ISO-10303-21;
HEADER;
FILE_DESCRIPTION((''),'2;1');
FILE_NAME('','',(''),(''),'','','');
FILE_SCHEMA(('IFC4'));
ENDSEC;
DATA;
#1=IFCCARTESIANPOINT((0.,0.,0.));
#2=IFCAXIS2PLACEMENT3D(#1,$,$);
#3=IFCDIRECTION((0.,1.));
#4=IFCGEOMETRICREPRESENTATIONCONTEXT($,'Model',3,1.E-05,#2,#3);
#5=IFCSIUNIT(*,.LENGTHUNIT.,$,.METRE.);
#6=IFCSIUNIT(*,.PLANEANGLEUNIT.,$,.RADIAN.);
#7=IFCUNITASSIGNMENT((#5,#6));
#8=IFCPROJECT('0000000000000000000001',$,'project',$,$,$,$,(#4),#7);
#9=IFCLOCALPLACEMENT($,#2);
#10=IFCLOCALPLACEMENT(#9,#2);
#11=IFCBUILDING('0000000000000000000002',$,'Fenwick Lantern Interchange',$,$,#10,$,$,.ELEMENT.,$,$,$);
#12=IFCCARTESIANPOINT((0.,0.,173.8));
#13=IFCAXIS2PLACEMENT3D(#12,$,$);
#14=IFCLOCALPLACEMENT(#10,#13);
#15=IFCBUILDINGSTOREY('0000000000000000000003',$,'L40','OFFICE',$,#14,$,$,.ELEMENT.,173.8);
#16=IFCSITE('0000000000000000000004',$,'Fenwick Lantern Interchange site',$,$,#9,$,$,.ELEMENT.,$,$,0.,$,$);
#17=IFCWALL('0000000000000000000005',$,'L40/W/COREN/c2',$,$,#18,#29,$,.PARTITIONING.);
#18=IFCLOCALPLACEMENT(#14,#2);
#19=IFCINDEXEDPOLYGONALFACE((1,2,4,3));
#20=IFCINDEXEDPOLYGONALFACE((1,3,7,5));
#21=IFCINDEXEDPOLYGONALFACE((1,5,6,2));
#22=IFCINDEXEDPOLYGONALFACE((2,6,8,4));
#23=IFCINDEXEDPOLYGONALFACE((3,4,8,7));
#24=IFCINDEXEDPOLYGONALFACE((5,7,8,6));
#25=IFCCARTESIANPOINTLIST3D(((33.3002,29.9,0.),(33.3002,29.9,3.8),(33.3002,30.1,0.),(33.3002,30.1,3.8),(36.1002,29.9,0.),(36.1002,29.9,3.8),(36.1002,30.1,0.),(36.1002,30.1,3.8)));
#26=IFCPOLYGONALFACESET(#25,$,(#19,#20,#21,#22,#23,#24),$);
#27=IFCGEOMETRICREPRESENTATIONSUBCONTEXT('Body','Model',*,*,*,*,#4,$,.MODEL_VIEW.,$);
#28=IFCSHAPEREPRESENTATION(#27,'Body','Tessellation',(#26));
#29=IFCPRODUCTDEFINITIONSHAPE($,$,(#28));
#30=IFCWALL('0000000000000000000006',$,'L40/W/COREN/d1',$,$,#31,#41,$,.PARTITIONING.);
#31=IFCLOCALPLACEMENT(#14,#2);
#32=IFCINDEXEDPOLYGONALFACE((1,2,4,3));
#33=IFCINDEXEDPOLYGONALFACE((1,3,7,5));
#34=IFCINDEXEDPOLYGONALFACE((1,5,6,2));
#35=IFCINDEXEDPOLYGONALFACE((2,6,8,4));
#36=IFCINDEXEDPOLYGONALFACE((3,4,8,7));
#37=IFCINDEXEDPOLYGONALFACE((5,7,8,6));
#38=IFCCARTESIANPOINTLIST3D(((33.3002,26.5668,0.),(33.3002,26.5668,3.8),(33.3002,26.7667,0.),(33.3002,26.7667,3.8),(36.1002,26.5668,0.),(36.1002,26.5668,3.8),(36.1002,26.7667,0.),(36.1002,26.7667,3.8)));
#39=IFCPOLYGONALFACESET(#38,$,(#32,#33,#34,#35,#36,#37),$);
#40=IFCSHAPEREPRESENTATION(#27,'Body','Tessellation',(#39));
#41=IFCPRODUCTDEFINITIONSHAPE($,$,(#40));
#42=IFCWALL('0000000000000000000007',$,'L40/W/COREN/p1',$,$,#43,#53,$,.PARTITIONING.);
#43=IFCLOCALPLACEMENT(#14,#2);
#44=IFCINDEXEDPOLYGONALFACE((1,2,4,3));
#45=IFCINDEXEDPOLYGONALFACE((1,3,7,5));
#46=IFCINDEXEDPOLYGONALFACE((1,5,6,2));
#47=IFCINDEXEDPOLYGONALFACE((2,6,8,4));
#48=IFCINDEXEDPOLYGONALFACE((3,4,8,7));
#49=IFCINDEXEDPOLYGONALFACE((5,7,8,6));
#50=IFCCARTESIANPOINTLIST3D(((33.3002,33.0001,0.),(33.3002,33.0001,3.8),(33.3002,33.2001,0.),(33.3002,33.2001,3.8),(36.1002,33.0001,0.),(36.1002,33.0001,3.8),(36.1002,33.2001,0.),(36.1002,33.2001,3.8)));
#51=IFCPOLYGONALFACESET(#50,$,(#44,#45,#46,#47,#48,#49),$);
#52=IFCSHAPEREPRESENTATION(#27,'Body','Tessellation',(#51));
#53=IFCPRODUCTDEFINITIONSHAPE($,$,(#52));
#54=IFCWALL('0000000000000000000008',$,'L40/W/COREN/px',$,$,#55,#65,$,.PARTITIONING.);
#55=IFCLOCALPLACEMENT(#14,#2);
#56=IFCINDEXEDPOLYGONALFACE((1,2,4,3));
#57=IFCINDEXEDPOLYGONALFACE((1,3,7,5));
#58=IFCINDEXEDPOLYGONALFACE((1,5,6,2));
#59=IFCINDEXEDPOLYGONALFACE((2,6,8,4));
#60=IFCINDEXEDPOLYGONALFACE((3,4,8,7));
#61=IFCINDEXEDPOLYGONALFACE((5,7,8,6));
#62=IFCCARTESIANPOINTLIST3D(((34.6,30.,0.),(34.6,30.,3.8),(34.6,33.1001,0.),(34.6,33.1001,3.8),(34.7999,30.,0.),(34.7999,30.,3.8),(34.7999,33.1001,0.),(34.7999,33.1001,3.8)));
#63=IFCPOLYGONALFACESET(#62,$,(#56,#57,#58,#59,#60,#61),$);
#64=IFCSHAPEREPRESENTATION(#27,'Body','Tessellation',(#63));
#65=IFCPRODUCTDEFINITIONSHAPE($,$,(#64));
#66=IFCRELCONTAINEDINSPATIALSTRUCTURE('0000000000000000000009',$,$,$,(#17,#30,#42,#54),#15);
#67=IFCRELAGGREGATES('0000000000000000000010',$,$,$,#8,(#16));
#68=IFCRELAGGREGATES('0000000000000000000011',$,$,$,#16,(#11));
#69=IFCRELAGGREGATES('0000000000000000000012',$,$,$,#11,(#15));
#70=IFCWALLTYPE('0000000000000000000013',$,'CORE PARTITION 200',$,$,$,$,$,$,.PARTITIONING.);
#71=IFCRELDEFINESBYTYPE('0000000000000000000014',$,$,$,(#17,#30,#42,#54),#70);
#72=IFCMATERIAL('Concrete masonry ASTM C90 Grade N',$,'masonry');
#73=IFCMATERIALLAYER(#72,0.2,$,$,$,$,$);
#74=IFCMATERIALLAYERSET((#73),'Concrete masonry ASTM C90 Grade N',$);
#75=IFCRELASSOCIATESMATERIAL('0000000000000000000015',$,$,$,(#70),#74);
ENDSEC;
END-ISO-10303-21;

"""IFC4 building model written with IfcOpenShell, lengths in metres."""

from ifc_helpers import new_model, si_unit, direction, frame, frame_2d, origin, place, context, subcontext, project, spatial, rectangle, extrude, material, layer, layer_set, type_object, element, save


model = new_model("IFC4")

# Units and contexts
model_context = context("Model", 3, precision=1e-05, world=origin(), true_north=direction((0.0, 1.0)))
body_context = subcontext(model_context, "Body", "Model", "MODEL_VIEW")
ifc_project = project(units=[si_unit("LENGTHUNIT", "METRE"), si_unit("PLANEANGLEUNIT", "RADIAN")], contexts=[model_context])

# Site, building, storey
site_placement = place(None, origin())
site = spatial("IfcSite", under=ifc_project, at=site_placement, Name="Fenwick Lantern Interchange site", CompositionType="ELEMENT", RefElevation=0.0)
building_placement = place(site_placement, origin())
building = spatial("IfcBuilding", under=site, at=building_placement, Name="Fenwick Lantern Interchange", CompositionType="ELEMENT")
storey_placement = place(building_placement, frame((0.0, 0.0, 173.8)))
storey = spatial("IfcBuildingStorey", under=building, at=storey_placement, Name="L40", Description="OFFICE", CompositionType="ELEMENT", Elevation=173.8)

# Walls
ifc_material_1 = material(Name="Concrete masonry ASTM C90 Grade N", Category="masonry")
ifc_layer_1 = layer(ifc_material_1, 0.2)
ifc_layer_set_1 = layer_set([ifc_layer_1], Name="Concrete masonry ASTM C90 Grade N")
wall_type_1 = type_object("IfcWallType", Name="CORE PARTITION 200", PredefinedType="PARTITIONING", material=ifc_layer_set_1)
for number, where, z_axis, x_axis, name in (
    (1, (36.1001, 30.0, 0.0), (0.0, 0.0, 1.0), (-1.0, 0.0, 0.0), "L40/W/COREN/c2"),
    (2, (36.1001, 26.6667, 0.0), (0.0, 0.0, 1.0), (-1.0, 0.0, 0.0), "L40/W/COREN/d1"),
    (3, (36.1001, 33.1001, 0.0), (0.0, 0.0, 1.0), (-1.0, 0.0, 0.0), "L40/W/COREN/p1"),
):
    element("IfcWall", number, at=place(storey_placement, frame(where, z_axis=z_axis, x_axis=x_axis)), inside=storey, type_object=wall_type_1, Name=name, PredefinedType="PARTITIONING", context=body_context, shape_type="SweptSolid", body=[
        extrude(rectangle(XDim=2.8, YDim=0.2, at=frame_2d((1.3999, 0.0))), origin(), (0.0, 0.0, 1.0), 3.8),
    ])
wall_1_placement = place(storey_placement, frame((34.7, 33.1001, 0.0), z_axis=(0.0, 0.0, 1.0), x_axis=(0.0, -1.0, 0.0)))
element("IfcWall", 4, at=wall_1_placement, inside=storey, type_object=wall_type_1, Name="L40/W/COREN/px", PredefinedType="PARTITIONING", context=body_context, shape_type="SweptSolid", body=[
    extrude(rectangle(XDim=3.1001, YDim=0.2, at=frame_2d((1.55, 0.0))), origin(), (0.0, 0.0, 1.0), 3.8),
])

save(model, "model.ifc")
